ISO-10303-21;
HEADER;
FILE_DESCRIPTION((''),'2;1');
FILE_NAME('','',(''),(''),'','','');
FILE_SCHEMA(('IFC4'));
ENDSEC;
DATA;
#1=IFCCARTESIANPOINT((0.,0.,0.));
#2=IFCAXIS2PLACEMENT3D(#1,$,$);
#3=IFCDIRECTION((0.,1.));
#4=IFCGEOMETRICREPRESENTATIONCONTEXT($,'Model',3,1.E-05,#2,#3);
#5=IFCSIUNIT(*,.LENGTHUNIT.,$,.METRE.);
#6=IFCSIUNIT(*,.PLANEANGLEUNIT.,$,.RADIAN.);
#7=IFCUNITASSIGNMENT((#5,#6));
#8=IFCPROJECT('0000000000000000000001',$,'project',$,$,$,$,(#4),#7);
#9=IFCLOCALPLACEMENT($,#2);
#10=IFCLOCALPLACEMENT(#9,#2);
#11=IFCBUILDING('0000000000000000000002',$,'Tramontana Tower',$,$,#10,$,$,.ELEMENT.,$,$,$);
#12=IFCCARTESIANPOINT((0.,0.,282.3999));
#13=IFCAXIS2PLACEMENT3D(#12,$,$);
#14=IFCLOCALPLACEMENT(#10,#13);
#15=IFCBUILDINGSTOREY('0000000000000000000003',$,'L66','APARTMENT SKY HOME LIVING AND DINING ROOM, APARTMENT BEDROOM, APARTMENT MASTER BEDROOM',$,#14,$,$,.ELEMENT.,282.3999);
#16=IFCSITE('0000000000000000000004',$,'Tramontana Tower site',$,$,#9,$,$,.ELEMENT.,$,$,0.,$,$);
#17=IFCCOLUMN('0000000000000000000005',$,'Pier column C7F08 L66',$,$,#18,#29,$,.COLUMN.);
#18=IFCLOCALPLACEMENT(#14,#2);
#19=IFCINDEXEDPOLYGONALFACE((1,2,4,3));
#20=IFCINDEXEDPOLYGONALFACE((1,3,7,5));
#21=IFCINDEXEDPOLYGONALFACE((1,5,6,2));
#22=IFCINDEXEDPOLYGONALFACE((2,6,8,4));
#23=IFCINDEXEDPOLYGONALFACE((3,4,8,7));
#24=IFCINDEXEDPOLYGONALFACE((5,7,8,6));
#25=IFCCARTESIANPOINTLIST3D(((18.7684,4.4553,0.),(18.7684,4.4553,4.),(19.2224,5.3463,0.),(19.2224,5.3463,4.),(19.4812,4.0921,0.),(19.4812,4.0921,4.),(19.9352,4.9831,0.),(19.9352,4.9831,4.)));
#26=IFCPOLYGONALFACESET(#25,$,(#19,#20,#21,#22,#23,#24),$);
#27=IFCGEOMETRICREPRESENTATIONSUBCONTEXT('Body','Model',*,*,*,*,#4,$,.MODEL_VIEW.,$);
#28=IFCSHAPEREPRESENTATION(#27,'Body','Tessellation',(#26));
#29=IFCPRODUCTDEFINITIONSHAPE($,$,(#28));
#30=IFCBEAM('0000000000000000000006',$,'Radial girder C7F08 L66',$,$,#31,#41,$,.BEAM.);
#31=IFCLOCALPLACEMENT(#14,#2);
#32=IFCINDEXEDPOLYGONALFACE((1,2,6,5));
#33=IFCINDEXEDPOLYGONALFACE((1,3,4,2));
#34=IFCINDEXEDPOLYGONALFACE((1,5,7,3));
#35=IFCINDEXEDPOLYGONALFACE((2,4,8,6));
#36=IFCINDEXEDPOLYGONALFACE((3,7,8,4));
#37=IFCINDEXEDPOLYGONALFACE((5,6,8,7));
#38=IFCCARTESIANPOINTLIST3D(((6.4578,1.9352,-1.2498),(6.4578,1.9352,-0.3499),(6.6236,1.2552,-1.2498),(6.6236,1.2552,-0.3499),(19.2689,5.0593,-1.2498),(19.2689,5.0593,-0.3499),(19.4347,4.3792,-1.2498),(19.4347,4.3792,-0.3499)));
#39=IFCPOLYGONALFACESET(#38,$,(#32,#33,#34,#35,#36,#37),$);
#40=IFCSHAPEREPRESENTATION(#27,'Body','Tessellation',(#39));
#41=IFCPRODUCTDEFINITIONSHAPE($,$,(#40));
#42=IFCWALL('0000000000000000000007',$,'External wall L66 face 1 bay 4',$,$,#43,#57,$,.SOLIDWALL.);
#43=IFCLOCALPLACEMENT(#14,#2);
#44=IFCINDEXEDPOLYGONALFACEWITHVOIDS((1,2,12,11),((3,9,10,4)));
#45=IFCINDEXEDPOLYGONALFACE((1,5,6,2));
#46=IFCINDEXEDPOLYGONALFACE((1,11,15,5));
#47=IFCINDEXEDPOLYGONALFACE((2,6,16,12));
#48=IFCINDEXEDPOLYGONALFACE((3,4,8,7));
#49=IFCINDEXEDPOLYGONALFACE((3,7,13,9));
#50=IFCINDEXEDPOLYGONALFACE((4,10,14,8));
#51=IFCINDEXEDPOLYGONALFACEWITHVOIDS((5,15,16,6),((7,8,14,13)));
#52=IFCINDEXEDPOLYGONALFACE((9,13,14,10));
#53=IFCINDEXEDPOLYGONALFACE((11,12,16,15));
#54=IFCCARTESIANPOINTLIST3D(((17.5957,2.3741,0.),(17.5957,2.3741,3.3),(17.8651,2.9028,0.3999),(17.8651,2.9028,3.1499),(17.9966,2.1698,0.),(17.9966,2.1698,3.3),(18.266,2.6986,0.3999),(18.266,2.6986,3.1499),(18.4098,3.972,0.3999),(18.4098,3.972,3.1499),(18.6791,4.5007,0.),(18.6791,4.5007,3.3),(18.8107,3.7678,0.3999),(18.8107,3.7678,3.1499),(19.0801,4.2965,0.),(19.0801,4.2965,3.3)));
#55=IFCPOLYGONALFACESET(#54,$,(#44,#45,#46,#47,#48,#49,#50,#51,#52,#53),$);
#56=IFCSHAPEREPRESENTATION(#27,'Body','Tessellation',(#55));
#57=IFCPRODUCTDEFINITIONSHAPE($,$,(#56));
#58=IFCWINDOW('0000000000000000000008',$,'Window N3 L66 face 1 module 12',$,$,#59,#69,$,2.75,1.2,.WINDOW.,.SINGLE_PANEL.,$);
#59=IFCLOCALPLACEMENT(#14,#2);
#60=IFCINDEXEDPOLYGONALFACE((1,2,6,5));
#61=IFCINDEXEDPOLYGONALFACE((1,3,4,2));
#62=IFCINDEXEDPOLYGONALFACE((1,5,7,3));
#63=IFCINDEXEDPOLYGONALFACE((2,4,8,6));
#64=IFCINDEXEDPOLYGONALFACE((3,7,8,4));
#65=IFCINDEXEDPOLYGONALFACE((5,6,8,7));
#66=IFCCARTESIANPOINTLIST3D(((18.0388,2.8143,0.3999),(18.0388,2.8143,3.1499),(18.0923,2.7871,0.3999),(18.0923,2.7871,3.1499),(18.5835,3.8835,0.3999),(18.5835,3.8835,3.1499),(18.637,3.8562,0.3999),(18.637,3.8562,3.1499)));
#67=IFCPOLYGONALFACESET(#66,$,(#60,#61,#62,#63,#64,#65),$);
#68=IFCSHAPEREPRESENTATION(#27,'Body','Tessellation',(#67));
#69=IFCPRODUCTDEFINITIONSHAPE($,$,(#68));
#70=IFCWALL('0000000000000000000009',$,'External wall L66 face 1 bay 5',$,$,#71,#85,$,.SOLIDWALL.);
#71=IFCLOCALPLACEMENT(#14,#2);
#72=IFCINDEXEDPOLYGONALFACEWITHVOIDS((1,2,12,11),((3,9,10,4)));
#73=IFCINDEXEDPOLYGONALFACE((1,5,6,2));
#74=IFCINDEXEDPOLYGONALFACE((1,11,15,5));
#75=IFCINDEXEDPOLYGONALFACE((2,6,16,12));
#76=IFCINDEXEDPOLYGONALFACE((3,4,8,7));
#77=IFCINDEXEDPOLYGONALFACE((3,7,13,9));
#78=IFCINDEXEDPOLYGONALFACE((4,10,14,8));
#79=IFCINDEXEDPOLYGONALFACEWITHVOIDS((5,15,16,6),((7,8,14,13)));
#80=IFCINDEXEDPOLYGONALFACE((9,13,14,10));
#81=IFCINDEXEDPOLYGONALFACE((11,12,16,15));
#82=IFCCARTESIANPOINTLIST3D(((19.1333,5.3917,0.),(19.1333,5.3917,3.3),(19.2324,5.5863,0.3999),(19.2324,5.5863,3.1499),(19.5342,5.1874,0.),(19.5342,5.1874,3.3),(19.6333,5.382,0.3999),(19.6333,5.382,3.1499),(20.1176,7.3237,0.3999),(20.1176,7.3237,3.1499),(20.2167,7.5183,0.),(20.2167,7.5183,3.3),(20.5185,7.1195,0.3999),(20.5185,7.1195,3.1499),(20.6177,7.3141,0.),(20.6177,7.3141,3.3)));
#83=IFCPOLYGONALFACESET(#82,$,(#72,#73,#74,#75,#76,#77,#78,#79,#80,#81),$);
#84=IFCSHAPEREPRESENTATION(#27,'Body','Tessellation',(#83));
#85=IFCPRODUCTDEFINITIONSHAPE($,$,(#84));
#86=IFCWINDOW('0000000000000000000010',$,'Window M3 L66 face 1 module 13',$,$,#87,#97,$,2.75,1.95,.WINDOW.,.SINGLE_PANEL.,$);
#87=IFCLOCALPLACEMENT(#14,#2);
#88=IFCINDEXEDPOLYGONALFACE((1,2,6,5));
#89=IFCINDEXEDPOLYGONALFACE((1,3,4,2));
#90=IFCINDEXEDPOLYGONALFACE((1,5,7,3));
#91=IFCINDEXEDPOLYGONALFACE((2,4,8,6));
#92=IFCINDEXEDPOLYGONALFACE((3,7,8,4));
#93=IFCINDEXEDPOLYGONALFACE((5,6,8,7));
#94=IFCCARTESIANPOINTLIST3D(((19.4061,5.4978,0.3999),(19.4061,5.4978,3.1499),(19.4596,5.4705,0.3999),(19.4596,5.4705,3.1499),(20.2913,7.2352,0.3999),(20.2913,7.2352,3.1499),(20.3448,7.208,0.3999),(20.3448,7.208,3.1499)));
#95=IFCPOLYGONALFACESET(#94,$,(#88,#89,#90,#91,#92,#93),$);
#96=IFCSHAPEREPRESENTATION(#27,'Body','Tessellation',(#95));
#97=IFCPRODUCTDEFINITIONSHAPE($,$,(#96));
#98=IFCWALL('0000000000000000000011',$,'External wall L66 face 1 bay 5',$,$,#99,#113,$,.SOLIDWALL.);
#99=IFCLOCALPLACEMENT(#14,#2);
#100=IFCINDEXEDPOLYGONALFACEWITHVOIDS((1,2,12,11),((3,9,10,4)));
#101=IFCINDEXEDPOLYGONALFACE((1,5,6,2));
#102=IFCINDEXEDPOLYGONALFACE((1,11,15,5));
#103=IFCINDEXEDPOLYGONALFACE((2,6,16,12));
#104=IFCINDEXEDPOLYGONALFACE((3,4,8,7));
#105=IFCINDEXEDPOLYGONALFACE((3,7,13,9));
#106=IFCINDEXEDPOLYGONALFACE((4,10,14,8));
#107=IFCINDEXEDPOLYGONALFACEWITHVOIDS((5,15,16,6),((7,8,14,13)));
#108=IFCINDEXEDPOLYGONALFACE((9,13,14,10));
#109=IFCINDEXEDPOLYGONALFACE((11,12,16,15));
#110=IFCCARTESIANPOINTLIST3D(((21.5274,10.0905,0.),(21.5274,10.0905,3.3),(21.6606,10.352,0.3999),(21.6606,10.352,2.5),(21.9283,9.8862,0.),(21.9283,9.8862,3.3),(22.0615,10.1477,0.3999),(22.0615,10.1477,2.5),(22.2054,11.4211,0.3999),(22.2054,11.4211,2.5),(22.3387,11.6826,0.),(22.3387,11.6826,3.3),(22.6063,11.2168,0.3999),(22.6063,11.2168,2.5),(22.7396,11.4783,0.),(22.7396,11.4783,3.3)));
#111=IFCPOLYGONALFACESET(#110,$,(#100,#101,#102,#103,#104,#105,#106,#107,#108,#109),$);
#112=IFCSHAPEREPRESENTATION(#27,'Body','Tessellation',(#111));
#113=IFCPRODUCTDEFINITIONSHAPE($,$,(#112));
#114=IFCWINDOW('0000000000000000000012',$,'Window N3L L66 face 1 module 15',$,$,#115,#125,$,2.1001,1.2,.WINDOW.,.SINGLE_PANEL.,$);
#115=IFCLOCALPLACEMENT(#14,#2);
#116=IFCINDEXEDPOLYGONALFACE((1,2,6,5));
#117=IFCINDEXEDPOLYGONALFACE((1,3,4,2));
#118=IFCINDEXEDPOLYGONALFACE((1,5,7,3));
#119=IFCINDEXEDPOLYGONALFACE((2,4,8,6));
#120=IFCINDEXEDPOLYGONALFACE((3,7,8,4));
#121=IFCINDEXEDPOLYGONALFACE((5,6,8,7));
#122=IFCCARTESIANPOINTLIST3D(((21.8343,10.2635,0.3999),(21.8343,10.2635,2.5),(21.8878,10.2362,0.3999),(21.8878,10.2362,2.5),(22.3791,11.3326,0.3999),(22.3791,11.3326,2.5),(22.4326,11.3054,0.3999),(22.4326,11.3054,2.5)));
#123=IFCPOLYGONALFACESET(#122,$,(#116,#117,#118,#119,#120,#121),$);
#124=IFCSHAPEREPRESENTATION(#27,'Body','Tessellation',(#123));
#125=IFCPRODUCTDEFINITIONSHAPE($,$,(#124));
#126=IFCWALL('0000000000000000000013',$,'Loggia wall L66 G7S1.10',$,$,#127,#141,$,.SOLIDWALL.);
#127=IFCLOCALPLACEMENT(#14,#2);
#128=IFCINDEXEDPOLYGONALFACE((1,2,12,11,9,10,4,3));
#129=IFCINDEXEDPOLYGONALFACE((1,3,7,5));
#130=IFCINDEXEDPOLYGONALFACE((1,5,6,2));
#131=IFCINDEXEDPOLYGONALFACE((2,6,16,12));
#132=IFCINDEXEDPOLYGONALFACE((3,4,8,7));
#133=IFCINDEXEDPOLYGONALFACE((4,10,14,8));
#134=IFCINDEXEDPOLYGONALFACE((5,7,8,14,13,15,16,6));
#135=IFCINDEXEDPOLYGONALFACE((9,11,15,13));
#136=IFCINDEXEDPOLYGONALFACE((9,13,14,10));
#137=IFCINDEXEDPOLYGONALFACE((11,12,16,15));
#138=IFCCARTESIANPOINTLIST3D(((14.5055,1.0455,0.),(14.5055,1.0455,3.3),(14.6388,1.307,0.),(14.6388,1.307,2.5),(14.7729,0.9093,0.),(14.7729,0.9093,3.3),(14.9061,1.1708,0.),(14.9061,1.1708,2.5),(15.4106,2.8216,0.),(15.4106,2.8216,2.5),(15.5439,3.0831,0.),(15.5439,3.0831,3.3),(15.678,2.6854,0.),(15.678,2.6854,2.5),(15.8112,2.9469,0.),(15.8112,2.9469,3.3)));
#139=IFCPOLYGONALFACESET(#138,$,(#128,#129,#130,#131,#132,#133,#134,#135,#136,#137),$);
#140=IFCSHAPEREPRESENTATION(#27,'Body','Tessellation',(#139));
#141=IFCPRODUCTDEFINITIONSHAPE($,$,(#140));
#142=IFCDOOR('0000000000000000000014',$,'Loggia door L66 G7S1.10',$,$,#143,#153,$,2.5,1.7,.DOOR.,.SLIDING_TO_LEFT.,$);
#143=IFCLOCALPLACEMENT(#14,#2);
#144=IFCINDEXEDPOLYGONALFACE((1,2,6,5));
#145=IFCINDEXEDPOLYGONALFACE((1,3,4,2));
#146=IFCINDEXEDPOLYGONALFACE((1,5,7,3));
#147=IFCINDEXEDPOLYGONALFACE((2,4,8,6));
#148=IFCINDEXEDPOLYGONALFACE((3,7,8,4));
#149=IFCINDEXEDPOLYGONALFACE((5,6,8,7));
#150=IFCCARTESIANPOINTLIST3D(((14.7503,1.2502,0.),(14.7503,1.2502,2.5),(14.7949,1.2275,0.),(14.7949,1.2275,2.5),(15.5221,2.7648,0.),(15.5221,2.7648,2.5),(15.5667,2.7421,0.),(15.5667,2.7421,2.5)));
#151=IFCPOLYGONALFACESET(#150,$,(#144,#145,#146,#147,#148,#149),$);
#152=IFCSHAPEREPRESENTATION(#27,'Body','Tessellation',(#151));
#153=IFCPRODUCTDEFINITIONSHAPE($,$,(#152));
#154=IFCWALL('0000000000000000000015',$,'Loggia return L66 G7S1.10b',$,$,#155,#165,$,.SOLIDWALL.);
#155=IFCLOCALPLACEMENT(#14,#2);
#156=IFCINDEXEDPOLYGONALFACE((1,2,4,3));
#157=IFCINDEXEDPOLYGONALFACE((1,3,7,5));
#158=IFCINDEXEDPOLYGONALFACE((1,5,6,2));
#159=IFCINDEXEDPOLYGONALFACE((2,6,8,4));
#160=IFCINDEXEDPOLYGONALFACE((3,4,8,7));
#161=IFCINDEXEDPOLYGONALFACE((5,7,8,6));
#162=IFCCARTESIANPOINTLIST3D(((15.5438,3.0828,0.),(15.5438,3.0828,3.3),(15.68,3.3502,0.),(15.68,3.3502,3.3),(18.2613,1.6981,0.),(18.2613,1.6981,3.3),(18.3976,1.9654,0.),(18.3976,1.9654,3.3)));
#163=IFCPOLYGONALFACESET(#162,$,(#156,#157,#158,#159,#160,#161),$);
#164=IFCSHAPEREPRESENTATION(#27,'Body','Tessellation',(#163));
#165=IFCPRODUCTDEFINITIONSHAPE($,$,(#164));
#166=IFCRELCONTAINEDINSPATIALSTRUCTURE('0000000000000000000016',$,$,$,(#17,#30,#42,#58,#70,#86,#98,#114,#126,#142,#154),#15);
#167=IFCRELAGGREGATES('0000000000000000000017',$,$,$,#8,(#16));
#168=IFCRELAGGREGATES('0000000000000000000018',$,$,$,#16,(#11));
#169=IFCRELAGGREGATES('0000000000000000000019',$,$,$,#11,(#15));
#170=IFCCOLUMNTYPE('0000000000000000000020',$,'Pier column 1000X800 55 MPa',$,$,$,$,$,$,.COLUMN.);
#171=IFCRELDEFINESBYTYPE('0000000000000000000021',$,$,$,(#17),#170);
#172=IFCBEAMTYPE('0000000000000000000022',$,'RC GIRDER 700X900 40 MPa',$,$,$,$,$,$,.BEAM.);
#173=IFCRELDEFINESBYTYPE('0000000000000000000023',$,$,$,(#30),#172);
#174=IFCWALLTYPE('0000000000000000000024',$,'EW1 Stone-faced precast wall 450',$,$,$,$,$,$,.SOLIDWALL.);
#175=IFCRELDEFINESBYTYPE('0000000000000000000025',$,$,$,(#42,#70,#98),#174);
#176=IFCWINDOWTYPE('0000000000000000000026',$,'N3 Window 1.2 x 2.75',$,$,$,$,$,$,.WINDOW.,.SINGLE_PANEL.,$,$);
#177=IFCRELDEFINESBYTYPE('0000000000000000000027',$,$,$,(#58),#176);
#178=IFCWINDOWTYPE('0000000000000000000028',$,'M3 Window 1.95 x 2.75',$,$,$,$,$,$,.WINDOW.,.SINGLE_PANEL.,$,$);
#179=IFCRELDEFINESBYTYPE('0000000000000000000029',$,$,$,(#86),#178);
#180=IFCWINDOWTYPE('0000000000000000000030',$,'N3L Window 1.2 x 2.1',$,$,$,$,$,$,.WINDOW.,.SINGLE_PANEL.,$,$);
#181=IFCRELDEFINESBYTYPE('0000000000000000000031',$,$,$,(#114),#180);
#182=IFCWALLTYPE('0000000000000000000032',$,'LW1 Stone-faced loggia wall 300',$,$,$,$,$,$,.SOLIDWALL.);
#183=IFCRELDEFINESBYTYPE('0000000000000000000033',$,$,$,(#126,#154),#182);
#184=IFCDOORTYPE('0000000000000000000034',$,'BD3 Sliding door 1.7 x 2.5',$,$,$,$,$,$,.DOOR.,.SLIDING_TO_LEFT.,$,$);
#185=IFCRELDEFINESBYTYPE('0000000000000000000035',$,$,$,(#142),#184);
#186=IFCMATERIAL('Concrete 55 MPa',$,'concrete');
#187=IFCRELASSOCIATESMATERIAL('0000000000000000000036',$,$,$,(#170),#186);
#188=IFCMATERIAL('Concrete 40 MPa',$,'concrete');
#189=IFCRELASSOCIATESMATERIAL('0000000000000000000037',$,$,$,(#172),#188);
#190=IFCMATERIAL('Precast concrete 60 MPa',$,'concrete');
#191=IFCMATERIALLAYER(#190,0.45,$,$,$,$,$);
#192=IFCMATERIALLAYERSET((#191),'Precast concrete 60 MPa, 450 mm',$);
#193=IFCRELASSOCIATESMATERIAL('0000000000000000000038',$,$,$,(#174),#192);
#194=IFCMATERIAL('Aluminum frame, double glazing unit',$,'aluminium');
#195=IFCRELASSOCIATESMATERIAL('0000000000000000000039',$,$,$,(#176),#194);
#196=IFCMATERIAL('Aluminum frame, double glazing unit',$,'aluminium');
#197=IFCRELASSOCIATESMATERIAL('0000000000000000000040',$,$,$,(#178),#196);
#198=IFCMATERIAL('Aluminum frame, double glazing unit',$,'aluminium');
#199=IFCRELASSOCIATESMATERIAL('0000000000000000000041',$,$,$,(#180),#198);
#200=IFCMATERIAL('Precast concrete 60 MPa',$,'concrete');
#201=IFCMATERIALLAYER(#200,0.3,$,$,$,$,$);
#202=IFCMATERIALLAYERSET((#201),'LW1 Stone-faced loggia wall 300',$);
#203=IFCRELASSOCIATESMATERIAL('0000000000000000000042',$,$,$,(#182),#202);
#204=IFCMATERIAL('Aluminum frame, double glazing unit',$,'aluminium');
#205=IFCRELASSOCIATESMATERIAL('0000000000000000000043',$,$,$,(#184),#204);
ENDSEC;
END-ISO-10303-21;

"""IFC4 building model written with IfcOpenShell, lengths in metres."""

from ifc_helpers import new_model, si_unit, direction, frame, frame_2d, origin, origin_2d, place, context, subcontext, project, spatial, rectangle, extrude, material, layer, layer_set, material_profile, profile_set, type_object, element, fill, save


model = new_model("IFC4")

# Units and contexts
model_context = context("Model", 3, precision=1e-05, world=origin(), true_north=direction((0.0, 1.0)))
body_context = subcontext(model_context, "Body", "Model", "MODEL_VIEW")
ifc_project = project(units=[si_unit("LENGTHUNIT", "METRE"), si_unit("PLANEANGLEUNIT", "RADIAN")], contexts=[model_context])

# Site, building, storey
site_placement = place(None, origin())
site = spatial("IfcSite", under=ifc_project, at=site_placement, Name="Tramontana Tower site", CompositionType="ELEMENT", RefElevation=0.0)
building_placement = place(site_placement, origin())
building = spatial("IfcBuilding", under=site, at=building_placement, Name="Tramontana Tower", CompositionType="ELEMENT")
storey_placement = place(building_placement, frame((0.0, 0.0, 282.3999)))
storey = spatial("IfcBuildingStorey", under=building, at=storey_placement, Name="L66", Description="APARTMENT SKY HOME LIVING AND DINING ROOM, APARTMENT BEDROOM, APARTMENT MASTER BEDROOM", CompositionType="ELEMENT", Elevation=282.3999)

# Column
ifc_material_1 = material(Name="Concrete 55 MPa", Category="concrete")
ifc_material_profile_1 = material_profile(ifc_material_1, rectangle(XDim=1.0, YDim=0.8, at=origin_2d()), Name="Pier column 1000X800 55 MPa")
ifc_profile_set_1 = profile_set([ifc_material_profile_1], Name="Concrete 55 MPa")
column_type = type_object("IfcColumnType", Name="Pier column 1000X800 55 MPa", PredefinedType="COLUMN", material=ifc_profile_set_1)
column_placement = place(storey_placement, frame((19.3518, 4.7192, 0.0), z_axis=(0.0, 0.0, 1.0), x_axis=(0.45399, 0.891007, 0.0)))
element("IfcColumn", 1, at=column_placement, inside=storey, type_object=column_type, Name="Pier column C7F08 L66", PredefinedType="COLUMN", context=body_context, shape_type="SweptSolid", body=[
    extrude(rectangle(XDim=1.0, YDim=0.8, at=origin_2d()), origin(), (0.0, 0.0, 1.0), 4.0),
])

# Beam
ifc_material_2 = material(Name="Concrete 40 MPa", Category="concrete")
ifc_material_profile_2 = material_profile(ifc_material_2, rectangle(XDim=0.7, YDim=0.8999, at=origin_2d()), Name="RC GIRDER 700X900 40 MPa")
ifc_profile_set_2 = profile_set([ifc_material_profile_2], Name="Concrete 40 MPa")
beam_type = type_object("IfcBeamType", Name="RC GIRDER 700X900 40 MPa", PredefinedType="BEAM", material=ifc_profile_set_2)
beam_placement = place(storey_placement, frame((19.3518, 4.7192, -0.7998), z_axis=(-0.971531, -0.236912, 0.0), x_axis=(0.236912, -0.971531, 0.0)))
element("IfcBeam", 2, at=beam_placement, inside=storey, type_object=beam_type, Name="Radial girder C7F08 L66", PredefinedType="BEAM", context=body_context, shape_type="SweptSolid", body=[
    extrude(rectangle(XDim=0.7, YDim=0.8999, at=origin_2d()), origin(), (0.0, 0.0, 1.0), 13.1865),
])

# Walls, openings, windows
ifc_material_3 = material(Name="Precast concrete 60 MPa", Category="concrete")
ifc_layer_1 = layer(ifc_material_3, 0.45)
ifc_layer_set_1 = layer_set([ifc_layer_1], Name="Precast concrete 60 MPa, 450 mm")
wall_type_1 = type_object("IfcWallType", Name="EW1 Stone-faced precast wall 450", PredefinedType="SOLIDWALL", material=ifc_layer_set_1)
wall_1_placement = place(storey_placement, frame((17.7961, 2.272, 0.0), z_axis=(0.0, 0.0, 1.0), x_axis=(0.453952, 0.891026, 0.0)))
wall_1 = element("IfcWall", 3, at=wall_1_placement, inside=storey, type_object=wall_type_1, Name="External wall L66 face 1 bay 4", PredefinedType="SOLIDWALL", context=body_context, shape_type="SweptSolid", body=[
    extrude(rectangle(XDim=2.3867, YDim=0.45, at=frame_2d((1.1934, 0.0))), origin(), (0.0, 0.0, 1.0), 3.3),
])
opening_1_placement = place(wall_1_placement, frame((0.5933, 0.0, 0.3999)))
opening_1 = element("IfcOpeningElement", 4, at=opening_1_placement, cuts=wall_1, PredefinedType="OPENING", context=body_context, shape_type="SweptSolid", body=[
    extrude(rectangle(XDim=1.2, YDim=2.75, at=frame_2d((0.6001, 1.375))), frame((0.0, 0.2349, 0.0), z_axis=(0.0, -1.0, 0.0), x_axis=(1.0, 0.0, 0.0)), (0.0, 0.0, 1.0), 0.47),
])
ifc_material_4 = material(Name="Aluminum frame, double glazing unit", Category="aluminium")
window_type_1 = type_object("IfcWindowType", Name="N3 Window 1.2 x 2.75", PartitioningType="SINGLE_PANEL", PredefinedType="WINDOW", material=ifc_material_4)
window_1_placement = place(opening_1_placement, origin())
window_1 = element("IfcWindow", 5, at=window_1_placement, inside=storey, type_object=window_type_1, Name="Window N3 L66 face 1 module 12", OverallHeight=2.75, OverallWidth=1.2, PartitioningType="SINGLE_PANEL", PredefinedType="WINDOW", context=body_context, shape_type="SweptSolid", body=[
    extrude(rectangle(XDim=1.2, YDim=2.75, at=frame_2d((0.6001, 1.375))), frame((0.0, 0.03, 0.0), z_axis=(0.0, -1.0, 0.0), x_axis=(1.0, 0.0, 0.0)), (0.0, 0.0, 1.0), 0.0601),
])
fill(opening_1, window_1)
wall_2_placement = place(storey_placement, frame((19.3337, 5.2896, 0.0), z_axis=(0.0, 0.0, 1.0), x_axis=(0.453952, 0.891026, 0.0)))
wall_2 = element("IfcWall", 6, at=wall_2_placement, inside=storey, type_object=wall_type_1, Name="External wall L66 face 1 bay 5", PredefinedType="SOLIDWALL", context=body_context, shape_type="SweptSolid", body=[
    extrude(rectangle(XDim=2.3867, YDim=0.45, at=frame_2d((1.1934, 0.0))), origin(), (0.0, 0.0, 1.0), 3.3),
])
opening_2_placement = place(wall_2_placement, frame((0.2183, 0.0, 0.3999)))
opening_2 = element("IfcOpeningElement", 7, at=opening_2_placement, cuts=wall_2, PredefinedType="OPENING", context=body_context, shape_type="SweptSolid", body=[
    extrude(rectangle(XDim=1.95, YDim=2.75, at=frame_2d((0.9751, 1.375))), frame((0.0, 0.2349, 0.0), z_axis=(0.0, -1.0, 0.0), x_axis=(1.0, 0.0, 0.0)), (0.0, 0.0, 1.0), 0.47),
])
ifc_material_5 = material(Name="Aluminum frame, double glazing unit", Category="aluminium")
window_type_2 = type_object("IfcWindowType", Name="M3 Window 1.95 x 2.75", PartitioningType="SINGLE_PANEL", PredefinedType="WINDOW", material=ifc_material_5)
window_2_placement = place(opening_2_placement, origin())
window_2 = element("IfcWindow", 8, at=window_2_placement, inside=storey, type_object=window_type_2, Name="Window M3 L66 face 1 module 13", OverallHeight=2.75, OverallWidth=1.95, PartitioningType="SINGLE_PANEL", PredefinedType="WINDOW", context=body_context, shape_type="SweptSolid", body=[
    extrude(rectangle(XDim=1.95, YDim=2.75, at=frame_2d((0.9751, 1.375))), frame((0.0, 0.03, 0.0), z_axis=(0.0, -1.0, 0.0), x_axis=(1.0, 0.0, 0.0)), (0.0, 0.0, 1.0), 0.0601),
])
fill(opening_2, window_2)
wall_3_placement = place(storey_placement, frame((21.7278, 9.9883, 0.0), z_axis=(0.0, 0.0, 1.0), x_axis=(0.454032, 0.890985, 0.0)))
wall_3 = element("IfcWall", 9, at=wall_3_placement, inside=storey, type_object=wall_type_1, Name="External wall L66 face 1 bay 5", PredefinedType="SOLIDWALL", context=body_context, shape_type="SweptSolid", body=[
    extrude(rectangle(XDim=1.7869, YDim=0.45, at=frame_2d((0.8936, 0.0))), origin(), (0.0, 0.0, 1.0), 3.3),
])
opening_3_placement = place(wall_3_placement, frame((0.2935, 0.0, 0.3999)))
opening_3 = element("IfcOpeningElement", 10, at=opening_3_placement, cuts=wall_3, PredefinedType="OPENING", context=body_context, shape_type="SweptSolid", body=[
    extrude(rectangle(XDim=1.2, YDim=2.1001, at=frame_2d((0.6001, 1.05))), frame((0.0, 0.2349, 0.0), z_axis=(0.0, -1.0, 0.0), x_axis=(1.0, 0.0, 0.0)), (0.0, 0.0, 1.0), 0.47),
])
ifc_material_6 = material(Name="Aluminum frame, double glazing unit", Category="aluminium")
window_type_3 = type_object("IfcWindowType", Name="N3L Window 1.2 x 2.1", PartitioningType="SINGLE_PANEL", PredefinedType="WINDOW", material=ifc_material_6)
window_3_placement = place(opening_3_placement, origin())
window_3 = element("IfcWindow", 11, at=window_3_placement, inside=storey, type_object=window_type_3, Name="Window N3L L66 face 1 module 15", OverallHeight=2.1001, OverallWidth=1.2, PartitioningType="SINGLE_PANEL", PredefinedType="WINDOW", context=body_context, shape_type="SweptSolid", body=[
    extrude(rectangle(XDim=1.2, YDim=2.1001, at=frame_2d((0.6001, 1.05))), frame((0.0, 0.03, 0.0), z_axis=(0.0, -1.0, 0.0), x_axis=(1.0, 0.0, 0.0)), (0.0, 0.0, 1.0), 0.0601),
])
fill(opening_3, window_3)

# Wall, opening, door
ifc_material_7 = material(Name="Precast concrete 60 MPa", Category="concrete")
ifc_layer_2 = layer(ifc_material_7, 0.3)
ifc_layer_set_2 = layer_set([ifc_layer_2], Name="LW1 Stone-faced loggia wall 300")
wall_type_2 = type_object("IfcWallType", Name="LW1 Stone-faced loggia wall 300", PredefinedType="SOLIDWALL", material=ifc_layer_set_2)
wall_4_placement = place(storey_placement, frame((14.6392, 0.9773, 0.0), z_axis=(0.0, 0.0, 1.0), x_axis=(0.454033, 0.890985, 0.0)))
wall_4 = element("IfcWall", 12, at=wall_4_placement, inside=storey, type_object=wall_type_2, Name="Loggia wall L66 G7S1.10", PredefinedType="SOLIDWALL", context=body_context, shape_type="SweptSolid", body=[
    extrude(rectangle(XDim=2.2869, YDim=0.3, at=frame_2d((1.1436, 0.0))), origin(), (0.0, 0.0, 1.0), 3.3),
])
opening_4_placement = place(wall_4_placement, frame((0.2935, 0.0, 0.0)))
opening_4 = element("IfcOpeningElement", 13, at=opening_4_placement, cuts=wall_4, PredefinedType="OPENING", context=body_context, shape_type="SweptSolid", body=[
    extrude(rectangle(XDim=1.7, YDim=2.5, at=frame_2d((0.8501, 1.25))), frame((0.0, 0.1599, 0.0), z_axis=(0.0, -1.0, 0.0), x_axis=(1.0, 0.0, 0.0)), (0.0, 0.0, 1.0), 0.3201),
])
ifc_material_8 = material(Name="Aluminum frame, double glazing unit", Category="aluminium")
door_type_1 = type_object("IfcDoorType", Name="BD3 Sliding door 1.7 x 2.5", OperationType="SLIDING_TO_LEFT", PredefinedType="DOOR", material=ifc_material_8)
door_1_placement = place(opening_4_placement, origin())
door_1 = element("IfcDoor", 14, at=door_1_placement, inside=storey, type_object=door_type_1, Name="Loggia door L66 G7S1.10", OperationType="SLIDING_TO_LEFT", OverallHeight=2.5, OverallWidth=1.7, PredefinedType="DOOR", context=body_context, shape_type="SweptSolid", body=[
    extrude(rectangle(XDim=1.7, YDim=2.5, at=frame_2d((0.8501, 1.25))), frame((0.0, 0.0249, 0.0), z_axis=(0.0, -1.0, 0.0), x_axis=(1.0, 0.0, 0.0)), (0.0, 0.0, 1.0), 0.05),
])
fill(opening_4, door_1)

# Wall
wall_5_placement = place(storey_placement, frame((18.3293, 1.8318, 0.0), z_axis=(0.0, 0.0, 1.0), x_axis=(-0.890991, 0.454021, 0.0)))
element("IfcWall", 15, at=wall_5_placement, inside=storey, type_object=wall_type_2, Name="Loggia return L66 G7S1.10b", PredefinedType="SOLIDWALL", context=body_context, shape_type="SweptSolid", body=[
    extrude(rectangle(XDim=3.05, YDim=0.3, at=frame_2d((1.5249, 0.0))), origin(), (0.0, 0.0, 1.0), 3.3),
])

save(model, "model.ifc")
